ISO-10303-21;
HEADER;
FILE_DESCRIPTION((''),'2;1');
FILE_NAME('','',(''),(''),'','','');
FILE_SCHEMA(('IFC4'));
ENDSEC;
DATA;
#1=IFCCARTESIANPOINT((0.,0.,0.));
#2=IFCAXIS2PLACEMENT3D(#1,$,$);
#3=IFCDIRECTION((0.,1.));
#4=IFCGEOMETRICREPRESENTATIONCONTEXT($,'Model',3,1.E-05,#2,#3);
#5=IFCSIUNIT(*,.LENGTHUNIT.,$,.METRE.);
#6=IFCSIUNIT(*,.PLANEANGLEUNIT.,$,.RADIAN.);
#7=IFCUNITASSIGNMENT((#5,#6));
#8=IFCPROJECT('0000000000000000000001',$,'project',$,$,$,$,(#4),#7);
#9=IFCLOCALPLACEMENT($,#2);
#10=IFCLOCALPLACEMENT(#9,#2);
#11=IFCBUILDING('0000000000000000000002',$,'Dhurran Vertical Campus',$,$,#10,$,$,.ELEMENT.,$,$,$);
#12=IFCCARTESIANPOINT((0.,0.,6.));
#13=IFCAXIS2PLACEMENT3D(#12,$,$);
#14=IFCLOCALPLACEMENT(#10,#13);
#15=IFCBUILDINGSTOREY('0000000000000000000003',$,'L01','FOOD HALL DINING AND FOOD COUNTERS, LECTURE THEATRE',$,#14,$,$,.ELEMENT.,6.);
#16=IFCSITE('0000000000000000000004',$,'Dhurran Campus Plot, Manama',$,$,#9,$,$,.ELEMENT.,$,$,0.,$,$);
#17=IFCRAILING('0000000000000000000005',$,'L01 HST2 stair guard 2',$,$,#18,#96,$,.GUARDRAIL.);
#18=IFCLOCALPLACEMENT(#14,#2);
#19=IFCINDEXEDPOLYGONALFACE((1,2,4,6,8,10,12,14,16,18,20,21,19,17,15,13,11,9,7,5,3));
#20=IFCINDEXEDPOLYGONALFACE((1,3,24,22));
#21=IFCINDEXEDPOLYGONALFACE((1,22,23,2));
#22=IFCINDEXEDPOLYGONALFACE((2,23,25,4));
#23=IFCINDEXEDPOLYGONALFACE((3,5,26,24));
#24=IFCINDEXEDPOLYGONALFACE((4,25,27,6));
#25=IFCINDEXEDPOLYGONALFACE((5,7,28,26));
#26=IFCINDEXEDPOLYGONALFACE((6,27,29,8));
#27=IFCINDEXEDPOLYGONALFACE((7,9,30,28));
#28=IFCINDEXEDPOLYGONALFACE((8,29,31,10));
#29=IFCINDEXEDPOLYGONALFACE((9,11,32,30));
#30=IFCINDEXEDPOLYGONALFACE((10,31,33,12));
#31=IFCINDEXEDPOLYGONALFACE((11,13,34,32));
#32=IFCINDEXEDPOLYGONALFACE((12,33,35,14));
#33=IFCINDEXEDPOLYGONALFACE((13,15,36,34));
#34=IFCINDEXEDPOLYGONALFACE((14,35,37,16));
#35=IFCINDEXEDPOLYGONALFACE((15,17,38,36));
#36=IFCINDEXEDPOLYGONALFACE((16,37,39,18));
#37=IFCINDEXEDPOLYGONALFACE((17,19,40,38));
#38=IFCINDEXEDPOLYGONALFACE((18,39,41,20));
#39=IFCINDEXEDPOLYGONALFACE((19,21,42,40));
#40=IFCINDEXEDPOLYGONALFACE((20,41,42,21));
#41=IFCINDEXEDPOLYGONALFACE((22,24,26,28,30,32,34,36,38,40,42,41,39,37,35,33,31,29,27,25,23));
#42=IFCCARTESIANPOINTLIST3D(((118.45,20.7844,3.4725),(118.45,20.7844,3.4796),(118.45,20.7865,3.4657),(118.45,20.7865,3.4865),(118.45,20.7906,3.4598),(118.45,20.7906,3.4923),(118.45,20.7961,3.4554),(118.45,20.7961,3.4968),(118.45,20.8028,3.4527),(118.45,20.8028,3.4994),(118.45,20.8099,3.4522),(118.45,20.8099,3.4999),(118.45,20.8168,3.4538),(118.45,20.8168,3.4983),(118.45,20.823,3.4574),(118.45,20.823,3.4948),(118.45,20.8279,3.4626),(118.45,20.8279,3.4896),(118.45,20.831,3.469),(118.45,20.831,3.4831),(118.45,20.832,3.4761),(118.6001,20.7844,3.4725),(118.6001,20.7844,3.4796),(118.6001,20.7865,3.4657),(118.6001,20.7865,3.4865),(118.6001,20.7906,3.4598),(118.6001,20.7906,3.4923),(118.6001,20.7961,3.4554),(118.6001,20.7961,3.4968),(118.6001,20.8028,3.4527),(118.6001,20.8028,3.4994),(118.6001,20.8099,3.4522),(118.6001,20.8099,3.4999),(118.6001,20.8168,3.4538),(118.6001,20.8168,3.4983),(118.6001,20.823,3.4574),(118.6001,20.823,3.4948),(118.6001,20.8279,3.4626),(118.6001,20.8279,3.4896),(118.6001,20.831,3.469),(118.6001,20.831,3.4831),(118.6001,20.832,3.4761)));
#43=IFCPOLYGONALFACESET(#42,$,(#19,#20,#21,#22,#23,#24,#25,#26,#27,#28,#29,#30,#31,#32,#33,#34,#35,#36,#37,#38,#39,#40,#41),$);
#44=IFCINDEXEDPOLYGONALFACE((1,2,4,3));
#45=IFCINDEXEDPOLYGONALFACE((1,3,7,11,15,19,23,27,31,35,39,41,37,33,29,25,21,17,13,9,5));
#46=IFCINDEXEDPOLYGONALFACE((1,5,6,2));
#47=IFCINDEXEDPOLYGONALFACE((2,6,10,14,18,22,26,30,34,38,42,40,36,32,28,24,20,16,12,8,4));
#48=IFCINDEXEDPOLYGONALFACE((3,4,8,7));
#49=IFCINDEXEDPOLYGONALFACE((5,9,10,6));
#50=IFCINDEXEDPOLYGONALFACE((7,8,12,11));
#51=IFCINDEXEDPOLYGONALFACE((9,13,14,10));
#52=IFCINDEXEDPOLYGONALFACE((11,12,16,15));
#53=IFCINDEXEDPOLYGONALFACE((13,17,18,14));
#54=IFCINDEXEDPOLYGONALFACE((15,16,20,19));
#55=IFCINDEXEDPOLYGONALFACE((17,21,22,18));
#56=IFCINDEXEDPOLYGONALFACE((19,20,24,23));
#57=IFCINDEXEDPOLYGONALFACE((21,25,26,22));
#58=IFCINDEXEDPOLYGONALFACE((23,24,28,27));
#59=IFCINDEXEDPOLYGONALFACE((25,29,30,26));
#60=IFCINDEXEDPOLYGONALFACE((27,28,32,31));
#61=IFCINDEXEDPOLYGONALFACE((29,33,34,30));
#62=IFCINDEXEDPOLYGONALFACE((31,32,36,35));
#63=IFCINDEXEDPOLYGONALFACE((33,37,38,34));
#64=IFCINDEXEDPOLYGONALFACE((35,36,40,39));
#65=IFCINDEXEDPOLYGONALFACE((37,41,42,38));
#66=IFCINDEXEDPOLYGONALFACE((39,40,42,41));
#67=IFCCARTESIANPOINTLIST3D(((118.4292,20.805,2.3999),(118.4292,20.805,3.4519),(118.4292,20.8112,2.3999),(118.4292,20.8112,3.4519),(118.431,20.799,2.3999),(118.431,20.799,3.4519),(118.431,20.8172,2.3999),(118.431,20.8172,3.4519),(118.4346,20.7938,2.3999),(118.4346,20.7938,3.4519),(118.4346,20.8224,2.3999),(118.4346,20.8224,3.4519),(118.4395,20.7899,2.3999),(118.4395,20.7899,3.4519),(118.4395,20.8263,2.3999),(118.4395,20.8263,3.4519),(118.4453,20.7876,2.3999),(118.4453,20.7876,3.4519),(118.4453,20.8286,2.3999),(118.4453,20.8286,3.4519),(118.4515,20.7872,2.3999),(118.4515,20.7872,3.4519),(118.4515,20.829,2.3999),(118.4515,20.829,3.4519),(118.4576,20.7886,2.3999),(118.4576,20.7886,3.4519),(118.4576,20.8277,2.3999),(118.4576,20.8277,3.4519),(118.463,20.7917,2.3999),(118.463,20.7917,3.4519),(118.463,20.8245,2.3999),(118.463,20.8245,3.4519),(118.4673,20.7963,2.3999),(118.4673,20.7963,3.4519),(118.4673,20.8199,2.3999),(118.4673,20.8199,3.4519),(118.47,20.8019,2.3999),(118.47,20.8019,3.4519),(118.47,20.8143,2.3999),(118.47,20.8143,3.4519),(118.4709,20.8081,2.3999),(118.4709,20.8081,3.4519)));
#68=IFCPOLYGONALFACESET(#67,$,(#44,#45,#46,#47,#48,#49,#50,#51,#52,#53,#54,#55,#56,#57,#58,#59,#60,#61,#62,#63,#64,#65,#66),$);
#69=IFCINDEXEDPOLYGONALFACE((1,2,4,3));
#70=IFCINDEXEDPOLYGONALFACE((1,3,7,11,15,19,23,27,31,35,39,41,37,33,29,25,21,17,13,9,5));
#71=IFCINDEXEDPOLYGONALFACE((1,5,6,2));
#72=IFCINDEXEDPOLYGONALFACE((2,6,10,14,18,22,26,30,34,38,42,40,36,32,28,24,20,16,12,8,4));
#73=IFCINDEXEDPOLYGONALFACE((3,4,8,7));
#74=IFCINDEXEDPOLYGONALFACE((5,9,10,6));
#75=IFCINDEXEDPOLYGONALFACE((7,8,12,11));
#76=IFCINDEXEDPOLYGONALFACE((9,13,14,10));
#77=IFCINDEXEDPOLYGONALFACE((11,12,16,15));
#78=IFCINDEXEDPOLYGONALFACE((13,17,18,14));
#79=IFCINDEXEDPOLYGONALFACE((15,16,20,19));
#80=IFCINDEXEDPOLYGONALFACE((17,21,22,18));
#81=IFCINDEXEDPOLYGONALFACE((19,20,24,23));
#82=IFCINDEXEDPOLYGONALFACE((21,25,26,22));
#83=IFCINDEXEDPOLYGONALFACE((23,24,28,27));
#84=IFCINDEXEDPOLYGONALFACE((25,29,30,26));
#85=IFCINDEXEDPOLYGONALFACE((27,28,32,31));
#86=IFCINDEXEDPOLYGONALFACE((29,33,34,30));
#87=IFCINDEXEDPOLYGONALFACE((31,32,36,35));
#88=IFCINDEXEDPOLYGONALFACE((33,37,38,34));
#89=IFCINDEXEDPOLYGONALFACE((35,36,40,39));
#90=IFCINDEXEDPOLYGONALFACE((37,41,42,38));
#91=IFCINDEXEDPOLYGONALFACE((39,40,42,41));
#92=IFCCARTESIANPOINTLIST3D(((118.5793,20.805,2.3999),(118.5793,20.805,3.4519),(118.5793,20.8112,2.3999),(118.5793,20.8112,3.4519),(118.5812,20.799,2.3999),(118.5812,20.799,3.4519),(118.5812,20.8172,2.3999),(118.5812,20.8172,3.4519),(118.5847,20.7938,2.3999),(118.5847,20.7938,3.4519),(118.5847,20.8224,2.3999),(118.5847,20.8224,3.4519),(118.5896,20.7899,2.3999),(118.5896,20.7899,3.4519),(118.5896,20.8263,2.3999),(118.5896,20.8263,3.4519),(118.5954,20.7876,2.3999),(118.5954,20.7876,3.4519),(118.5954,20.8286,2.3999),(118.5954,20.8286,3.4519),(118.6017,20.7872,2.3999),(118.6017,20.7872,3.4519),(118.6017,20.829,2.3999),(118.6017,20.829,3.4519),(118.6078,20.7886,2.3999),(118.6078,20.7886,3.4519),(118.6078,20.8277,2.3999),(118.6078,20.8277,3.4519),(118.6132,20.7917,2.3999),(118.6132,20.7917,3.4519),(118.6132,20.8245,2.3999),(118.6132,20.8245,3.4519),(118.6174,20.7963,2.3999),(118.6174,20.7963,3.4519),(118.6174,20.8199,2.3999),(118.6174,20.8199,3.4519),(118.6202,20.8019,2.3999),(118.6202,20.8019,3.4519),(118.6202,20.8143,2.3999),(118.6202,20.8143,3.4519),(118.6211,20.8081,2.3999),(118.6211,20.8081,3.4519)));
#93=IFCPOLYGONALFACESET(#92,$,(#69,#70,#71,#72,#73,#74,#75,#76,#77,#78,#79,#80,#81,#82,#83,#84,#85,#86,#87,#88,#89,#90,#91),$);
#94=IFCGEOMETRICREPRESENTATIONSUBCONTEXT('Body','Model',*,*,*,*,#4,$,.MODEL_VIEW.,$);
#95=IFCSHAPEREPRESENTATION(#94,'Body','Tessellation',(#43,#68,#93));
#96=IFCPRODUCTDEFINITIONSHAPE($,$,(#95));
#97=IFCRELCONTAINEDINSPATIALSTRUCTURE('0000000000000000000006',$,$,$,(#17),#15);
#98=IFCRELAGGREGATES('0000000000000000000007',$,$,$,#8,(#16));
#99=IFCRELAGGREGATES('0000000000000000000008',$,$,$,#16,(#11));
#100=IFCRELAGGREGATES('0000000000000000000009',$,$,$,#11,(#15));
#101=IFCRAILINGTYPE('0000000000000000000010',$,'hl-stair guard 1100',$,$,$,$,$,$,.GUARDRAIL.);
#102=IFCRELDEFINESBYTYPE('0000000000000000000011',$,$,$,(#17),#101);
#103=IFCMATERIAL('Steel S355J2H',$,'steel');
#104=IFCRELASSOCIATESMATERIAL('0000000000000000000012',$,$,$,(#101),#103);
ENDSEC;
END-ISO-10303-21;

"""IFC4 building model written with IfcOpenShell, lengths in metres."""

from ifc_helpers import new_model, si_unit, direction, frame, origin, origin_2d, place, context, subcontext, project, spatial, circle, extrude, material, type_object, element, save


model = new_model("IFC4")

# Units and contexts
model_context = context("Model", 3, precision=1e-05, world=origin(), true_north=direction((0.0, 1.0)))
body_context = subcontext(model_context, "Body", "Model", "MODEL_VIEW")
ifc_project = project(units=[si_unit("LENGTHUNIT", "METRE"), si_unit("PLANEANGLEUNIT", "RADIAN")], contexts=[model_context])

# Site, building, storey
site_placement = place(None, origin())
site = spatial("IfcSite", under=ifc_project, at=site_placement, Name="Dhurran Campus Plot, Manama", CompositionType="ELEMENT", RefElevation=0.0)
building_placement = place(site_placement, origin())
building = spatial("IfcBuilding", under=site, at=building_placement, Name="Dhurran Vertical Campus", CompositionType="ELEMENT")
storey_placement = place(building_placement, frame((0.0, 0.0, 6.0)))
storey = spatial("IfcBuildingStorey", under=building, at=storey_placement, Name="L01", Description="FOOD HALL DINING AND FOOD COUNTERS, LECTURE THEATRE", CompositionType="ELEMENT", Elevation=6.0)

# Railing
ifc_material_1 = material(Name="Steel S355J2H", Category="steel")
railing_type_1 = type_object("IfcRailingType", Name="hl-stair guard 1100", PredefinedType="GUARDRAIL", material=ifc_material_1)
railing_1_placement = place(storey_placement, frame((118.45, 20.8081, 2.3999)))
element("IfcRailing", 1, at=railing_1_placement, inside=storey, type_object=railing_type_1, Name="L01 HST2 stair guard 2", PredefinedType="GUARDRAIL", context=body_context, shape_type="SweptSolid", body=[
    extrude(circle(Radius=0.0239, at=origin_2d()), frame((0.0, 0.0, 1.0762), z_axis=(1.0, 0.0, 0.0), x_axis=(0.0, 1.0, 0.0)), (0.0, 0.0, 1.0), 0.1501),
    extrude(circle(Radius=0.021, at=origin_2d()), origin(), (0.0, 0.0, 1.0), 1.052),
    extrude(circle(Radius=0.021, at=origin_2d()), frame((0.1501, 0.0, 0.0)), (0.0, 0.0, 1.0), 1.052),
])

save(model, "model.ifc")
